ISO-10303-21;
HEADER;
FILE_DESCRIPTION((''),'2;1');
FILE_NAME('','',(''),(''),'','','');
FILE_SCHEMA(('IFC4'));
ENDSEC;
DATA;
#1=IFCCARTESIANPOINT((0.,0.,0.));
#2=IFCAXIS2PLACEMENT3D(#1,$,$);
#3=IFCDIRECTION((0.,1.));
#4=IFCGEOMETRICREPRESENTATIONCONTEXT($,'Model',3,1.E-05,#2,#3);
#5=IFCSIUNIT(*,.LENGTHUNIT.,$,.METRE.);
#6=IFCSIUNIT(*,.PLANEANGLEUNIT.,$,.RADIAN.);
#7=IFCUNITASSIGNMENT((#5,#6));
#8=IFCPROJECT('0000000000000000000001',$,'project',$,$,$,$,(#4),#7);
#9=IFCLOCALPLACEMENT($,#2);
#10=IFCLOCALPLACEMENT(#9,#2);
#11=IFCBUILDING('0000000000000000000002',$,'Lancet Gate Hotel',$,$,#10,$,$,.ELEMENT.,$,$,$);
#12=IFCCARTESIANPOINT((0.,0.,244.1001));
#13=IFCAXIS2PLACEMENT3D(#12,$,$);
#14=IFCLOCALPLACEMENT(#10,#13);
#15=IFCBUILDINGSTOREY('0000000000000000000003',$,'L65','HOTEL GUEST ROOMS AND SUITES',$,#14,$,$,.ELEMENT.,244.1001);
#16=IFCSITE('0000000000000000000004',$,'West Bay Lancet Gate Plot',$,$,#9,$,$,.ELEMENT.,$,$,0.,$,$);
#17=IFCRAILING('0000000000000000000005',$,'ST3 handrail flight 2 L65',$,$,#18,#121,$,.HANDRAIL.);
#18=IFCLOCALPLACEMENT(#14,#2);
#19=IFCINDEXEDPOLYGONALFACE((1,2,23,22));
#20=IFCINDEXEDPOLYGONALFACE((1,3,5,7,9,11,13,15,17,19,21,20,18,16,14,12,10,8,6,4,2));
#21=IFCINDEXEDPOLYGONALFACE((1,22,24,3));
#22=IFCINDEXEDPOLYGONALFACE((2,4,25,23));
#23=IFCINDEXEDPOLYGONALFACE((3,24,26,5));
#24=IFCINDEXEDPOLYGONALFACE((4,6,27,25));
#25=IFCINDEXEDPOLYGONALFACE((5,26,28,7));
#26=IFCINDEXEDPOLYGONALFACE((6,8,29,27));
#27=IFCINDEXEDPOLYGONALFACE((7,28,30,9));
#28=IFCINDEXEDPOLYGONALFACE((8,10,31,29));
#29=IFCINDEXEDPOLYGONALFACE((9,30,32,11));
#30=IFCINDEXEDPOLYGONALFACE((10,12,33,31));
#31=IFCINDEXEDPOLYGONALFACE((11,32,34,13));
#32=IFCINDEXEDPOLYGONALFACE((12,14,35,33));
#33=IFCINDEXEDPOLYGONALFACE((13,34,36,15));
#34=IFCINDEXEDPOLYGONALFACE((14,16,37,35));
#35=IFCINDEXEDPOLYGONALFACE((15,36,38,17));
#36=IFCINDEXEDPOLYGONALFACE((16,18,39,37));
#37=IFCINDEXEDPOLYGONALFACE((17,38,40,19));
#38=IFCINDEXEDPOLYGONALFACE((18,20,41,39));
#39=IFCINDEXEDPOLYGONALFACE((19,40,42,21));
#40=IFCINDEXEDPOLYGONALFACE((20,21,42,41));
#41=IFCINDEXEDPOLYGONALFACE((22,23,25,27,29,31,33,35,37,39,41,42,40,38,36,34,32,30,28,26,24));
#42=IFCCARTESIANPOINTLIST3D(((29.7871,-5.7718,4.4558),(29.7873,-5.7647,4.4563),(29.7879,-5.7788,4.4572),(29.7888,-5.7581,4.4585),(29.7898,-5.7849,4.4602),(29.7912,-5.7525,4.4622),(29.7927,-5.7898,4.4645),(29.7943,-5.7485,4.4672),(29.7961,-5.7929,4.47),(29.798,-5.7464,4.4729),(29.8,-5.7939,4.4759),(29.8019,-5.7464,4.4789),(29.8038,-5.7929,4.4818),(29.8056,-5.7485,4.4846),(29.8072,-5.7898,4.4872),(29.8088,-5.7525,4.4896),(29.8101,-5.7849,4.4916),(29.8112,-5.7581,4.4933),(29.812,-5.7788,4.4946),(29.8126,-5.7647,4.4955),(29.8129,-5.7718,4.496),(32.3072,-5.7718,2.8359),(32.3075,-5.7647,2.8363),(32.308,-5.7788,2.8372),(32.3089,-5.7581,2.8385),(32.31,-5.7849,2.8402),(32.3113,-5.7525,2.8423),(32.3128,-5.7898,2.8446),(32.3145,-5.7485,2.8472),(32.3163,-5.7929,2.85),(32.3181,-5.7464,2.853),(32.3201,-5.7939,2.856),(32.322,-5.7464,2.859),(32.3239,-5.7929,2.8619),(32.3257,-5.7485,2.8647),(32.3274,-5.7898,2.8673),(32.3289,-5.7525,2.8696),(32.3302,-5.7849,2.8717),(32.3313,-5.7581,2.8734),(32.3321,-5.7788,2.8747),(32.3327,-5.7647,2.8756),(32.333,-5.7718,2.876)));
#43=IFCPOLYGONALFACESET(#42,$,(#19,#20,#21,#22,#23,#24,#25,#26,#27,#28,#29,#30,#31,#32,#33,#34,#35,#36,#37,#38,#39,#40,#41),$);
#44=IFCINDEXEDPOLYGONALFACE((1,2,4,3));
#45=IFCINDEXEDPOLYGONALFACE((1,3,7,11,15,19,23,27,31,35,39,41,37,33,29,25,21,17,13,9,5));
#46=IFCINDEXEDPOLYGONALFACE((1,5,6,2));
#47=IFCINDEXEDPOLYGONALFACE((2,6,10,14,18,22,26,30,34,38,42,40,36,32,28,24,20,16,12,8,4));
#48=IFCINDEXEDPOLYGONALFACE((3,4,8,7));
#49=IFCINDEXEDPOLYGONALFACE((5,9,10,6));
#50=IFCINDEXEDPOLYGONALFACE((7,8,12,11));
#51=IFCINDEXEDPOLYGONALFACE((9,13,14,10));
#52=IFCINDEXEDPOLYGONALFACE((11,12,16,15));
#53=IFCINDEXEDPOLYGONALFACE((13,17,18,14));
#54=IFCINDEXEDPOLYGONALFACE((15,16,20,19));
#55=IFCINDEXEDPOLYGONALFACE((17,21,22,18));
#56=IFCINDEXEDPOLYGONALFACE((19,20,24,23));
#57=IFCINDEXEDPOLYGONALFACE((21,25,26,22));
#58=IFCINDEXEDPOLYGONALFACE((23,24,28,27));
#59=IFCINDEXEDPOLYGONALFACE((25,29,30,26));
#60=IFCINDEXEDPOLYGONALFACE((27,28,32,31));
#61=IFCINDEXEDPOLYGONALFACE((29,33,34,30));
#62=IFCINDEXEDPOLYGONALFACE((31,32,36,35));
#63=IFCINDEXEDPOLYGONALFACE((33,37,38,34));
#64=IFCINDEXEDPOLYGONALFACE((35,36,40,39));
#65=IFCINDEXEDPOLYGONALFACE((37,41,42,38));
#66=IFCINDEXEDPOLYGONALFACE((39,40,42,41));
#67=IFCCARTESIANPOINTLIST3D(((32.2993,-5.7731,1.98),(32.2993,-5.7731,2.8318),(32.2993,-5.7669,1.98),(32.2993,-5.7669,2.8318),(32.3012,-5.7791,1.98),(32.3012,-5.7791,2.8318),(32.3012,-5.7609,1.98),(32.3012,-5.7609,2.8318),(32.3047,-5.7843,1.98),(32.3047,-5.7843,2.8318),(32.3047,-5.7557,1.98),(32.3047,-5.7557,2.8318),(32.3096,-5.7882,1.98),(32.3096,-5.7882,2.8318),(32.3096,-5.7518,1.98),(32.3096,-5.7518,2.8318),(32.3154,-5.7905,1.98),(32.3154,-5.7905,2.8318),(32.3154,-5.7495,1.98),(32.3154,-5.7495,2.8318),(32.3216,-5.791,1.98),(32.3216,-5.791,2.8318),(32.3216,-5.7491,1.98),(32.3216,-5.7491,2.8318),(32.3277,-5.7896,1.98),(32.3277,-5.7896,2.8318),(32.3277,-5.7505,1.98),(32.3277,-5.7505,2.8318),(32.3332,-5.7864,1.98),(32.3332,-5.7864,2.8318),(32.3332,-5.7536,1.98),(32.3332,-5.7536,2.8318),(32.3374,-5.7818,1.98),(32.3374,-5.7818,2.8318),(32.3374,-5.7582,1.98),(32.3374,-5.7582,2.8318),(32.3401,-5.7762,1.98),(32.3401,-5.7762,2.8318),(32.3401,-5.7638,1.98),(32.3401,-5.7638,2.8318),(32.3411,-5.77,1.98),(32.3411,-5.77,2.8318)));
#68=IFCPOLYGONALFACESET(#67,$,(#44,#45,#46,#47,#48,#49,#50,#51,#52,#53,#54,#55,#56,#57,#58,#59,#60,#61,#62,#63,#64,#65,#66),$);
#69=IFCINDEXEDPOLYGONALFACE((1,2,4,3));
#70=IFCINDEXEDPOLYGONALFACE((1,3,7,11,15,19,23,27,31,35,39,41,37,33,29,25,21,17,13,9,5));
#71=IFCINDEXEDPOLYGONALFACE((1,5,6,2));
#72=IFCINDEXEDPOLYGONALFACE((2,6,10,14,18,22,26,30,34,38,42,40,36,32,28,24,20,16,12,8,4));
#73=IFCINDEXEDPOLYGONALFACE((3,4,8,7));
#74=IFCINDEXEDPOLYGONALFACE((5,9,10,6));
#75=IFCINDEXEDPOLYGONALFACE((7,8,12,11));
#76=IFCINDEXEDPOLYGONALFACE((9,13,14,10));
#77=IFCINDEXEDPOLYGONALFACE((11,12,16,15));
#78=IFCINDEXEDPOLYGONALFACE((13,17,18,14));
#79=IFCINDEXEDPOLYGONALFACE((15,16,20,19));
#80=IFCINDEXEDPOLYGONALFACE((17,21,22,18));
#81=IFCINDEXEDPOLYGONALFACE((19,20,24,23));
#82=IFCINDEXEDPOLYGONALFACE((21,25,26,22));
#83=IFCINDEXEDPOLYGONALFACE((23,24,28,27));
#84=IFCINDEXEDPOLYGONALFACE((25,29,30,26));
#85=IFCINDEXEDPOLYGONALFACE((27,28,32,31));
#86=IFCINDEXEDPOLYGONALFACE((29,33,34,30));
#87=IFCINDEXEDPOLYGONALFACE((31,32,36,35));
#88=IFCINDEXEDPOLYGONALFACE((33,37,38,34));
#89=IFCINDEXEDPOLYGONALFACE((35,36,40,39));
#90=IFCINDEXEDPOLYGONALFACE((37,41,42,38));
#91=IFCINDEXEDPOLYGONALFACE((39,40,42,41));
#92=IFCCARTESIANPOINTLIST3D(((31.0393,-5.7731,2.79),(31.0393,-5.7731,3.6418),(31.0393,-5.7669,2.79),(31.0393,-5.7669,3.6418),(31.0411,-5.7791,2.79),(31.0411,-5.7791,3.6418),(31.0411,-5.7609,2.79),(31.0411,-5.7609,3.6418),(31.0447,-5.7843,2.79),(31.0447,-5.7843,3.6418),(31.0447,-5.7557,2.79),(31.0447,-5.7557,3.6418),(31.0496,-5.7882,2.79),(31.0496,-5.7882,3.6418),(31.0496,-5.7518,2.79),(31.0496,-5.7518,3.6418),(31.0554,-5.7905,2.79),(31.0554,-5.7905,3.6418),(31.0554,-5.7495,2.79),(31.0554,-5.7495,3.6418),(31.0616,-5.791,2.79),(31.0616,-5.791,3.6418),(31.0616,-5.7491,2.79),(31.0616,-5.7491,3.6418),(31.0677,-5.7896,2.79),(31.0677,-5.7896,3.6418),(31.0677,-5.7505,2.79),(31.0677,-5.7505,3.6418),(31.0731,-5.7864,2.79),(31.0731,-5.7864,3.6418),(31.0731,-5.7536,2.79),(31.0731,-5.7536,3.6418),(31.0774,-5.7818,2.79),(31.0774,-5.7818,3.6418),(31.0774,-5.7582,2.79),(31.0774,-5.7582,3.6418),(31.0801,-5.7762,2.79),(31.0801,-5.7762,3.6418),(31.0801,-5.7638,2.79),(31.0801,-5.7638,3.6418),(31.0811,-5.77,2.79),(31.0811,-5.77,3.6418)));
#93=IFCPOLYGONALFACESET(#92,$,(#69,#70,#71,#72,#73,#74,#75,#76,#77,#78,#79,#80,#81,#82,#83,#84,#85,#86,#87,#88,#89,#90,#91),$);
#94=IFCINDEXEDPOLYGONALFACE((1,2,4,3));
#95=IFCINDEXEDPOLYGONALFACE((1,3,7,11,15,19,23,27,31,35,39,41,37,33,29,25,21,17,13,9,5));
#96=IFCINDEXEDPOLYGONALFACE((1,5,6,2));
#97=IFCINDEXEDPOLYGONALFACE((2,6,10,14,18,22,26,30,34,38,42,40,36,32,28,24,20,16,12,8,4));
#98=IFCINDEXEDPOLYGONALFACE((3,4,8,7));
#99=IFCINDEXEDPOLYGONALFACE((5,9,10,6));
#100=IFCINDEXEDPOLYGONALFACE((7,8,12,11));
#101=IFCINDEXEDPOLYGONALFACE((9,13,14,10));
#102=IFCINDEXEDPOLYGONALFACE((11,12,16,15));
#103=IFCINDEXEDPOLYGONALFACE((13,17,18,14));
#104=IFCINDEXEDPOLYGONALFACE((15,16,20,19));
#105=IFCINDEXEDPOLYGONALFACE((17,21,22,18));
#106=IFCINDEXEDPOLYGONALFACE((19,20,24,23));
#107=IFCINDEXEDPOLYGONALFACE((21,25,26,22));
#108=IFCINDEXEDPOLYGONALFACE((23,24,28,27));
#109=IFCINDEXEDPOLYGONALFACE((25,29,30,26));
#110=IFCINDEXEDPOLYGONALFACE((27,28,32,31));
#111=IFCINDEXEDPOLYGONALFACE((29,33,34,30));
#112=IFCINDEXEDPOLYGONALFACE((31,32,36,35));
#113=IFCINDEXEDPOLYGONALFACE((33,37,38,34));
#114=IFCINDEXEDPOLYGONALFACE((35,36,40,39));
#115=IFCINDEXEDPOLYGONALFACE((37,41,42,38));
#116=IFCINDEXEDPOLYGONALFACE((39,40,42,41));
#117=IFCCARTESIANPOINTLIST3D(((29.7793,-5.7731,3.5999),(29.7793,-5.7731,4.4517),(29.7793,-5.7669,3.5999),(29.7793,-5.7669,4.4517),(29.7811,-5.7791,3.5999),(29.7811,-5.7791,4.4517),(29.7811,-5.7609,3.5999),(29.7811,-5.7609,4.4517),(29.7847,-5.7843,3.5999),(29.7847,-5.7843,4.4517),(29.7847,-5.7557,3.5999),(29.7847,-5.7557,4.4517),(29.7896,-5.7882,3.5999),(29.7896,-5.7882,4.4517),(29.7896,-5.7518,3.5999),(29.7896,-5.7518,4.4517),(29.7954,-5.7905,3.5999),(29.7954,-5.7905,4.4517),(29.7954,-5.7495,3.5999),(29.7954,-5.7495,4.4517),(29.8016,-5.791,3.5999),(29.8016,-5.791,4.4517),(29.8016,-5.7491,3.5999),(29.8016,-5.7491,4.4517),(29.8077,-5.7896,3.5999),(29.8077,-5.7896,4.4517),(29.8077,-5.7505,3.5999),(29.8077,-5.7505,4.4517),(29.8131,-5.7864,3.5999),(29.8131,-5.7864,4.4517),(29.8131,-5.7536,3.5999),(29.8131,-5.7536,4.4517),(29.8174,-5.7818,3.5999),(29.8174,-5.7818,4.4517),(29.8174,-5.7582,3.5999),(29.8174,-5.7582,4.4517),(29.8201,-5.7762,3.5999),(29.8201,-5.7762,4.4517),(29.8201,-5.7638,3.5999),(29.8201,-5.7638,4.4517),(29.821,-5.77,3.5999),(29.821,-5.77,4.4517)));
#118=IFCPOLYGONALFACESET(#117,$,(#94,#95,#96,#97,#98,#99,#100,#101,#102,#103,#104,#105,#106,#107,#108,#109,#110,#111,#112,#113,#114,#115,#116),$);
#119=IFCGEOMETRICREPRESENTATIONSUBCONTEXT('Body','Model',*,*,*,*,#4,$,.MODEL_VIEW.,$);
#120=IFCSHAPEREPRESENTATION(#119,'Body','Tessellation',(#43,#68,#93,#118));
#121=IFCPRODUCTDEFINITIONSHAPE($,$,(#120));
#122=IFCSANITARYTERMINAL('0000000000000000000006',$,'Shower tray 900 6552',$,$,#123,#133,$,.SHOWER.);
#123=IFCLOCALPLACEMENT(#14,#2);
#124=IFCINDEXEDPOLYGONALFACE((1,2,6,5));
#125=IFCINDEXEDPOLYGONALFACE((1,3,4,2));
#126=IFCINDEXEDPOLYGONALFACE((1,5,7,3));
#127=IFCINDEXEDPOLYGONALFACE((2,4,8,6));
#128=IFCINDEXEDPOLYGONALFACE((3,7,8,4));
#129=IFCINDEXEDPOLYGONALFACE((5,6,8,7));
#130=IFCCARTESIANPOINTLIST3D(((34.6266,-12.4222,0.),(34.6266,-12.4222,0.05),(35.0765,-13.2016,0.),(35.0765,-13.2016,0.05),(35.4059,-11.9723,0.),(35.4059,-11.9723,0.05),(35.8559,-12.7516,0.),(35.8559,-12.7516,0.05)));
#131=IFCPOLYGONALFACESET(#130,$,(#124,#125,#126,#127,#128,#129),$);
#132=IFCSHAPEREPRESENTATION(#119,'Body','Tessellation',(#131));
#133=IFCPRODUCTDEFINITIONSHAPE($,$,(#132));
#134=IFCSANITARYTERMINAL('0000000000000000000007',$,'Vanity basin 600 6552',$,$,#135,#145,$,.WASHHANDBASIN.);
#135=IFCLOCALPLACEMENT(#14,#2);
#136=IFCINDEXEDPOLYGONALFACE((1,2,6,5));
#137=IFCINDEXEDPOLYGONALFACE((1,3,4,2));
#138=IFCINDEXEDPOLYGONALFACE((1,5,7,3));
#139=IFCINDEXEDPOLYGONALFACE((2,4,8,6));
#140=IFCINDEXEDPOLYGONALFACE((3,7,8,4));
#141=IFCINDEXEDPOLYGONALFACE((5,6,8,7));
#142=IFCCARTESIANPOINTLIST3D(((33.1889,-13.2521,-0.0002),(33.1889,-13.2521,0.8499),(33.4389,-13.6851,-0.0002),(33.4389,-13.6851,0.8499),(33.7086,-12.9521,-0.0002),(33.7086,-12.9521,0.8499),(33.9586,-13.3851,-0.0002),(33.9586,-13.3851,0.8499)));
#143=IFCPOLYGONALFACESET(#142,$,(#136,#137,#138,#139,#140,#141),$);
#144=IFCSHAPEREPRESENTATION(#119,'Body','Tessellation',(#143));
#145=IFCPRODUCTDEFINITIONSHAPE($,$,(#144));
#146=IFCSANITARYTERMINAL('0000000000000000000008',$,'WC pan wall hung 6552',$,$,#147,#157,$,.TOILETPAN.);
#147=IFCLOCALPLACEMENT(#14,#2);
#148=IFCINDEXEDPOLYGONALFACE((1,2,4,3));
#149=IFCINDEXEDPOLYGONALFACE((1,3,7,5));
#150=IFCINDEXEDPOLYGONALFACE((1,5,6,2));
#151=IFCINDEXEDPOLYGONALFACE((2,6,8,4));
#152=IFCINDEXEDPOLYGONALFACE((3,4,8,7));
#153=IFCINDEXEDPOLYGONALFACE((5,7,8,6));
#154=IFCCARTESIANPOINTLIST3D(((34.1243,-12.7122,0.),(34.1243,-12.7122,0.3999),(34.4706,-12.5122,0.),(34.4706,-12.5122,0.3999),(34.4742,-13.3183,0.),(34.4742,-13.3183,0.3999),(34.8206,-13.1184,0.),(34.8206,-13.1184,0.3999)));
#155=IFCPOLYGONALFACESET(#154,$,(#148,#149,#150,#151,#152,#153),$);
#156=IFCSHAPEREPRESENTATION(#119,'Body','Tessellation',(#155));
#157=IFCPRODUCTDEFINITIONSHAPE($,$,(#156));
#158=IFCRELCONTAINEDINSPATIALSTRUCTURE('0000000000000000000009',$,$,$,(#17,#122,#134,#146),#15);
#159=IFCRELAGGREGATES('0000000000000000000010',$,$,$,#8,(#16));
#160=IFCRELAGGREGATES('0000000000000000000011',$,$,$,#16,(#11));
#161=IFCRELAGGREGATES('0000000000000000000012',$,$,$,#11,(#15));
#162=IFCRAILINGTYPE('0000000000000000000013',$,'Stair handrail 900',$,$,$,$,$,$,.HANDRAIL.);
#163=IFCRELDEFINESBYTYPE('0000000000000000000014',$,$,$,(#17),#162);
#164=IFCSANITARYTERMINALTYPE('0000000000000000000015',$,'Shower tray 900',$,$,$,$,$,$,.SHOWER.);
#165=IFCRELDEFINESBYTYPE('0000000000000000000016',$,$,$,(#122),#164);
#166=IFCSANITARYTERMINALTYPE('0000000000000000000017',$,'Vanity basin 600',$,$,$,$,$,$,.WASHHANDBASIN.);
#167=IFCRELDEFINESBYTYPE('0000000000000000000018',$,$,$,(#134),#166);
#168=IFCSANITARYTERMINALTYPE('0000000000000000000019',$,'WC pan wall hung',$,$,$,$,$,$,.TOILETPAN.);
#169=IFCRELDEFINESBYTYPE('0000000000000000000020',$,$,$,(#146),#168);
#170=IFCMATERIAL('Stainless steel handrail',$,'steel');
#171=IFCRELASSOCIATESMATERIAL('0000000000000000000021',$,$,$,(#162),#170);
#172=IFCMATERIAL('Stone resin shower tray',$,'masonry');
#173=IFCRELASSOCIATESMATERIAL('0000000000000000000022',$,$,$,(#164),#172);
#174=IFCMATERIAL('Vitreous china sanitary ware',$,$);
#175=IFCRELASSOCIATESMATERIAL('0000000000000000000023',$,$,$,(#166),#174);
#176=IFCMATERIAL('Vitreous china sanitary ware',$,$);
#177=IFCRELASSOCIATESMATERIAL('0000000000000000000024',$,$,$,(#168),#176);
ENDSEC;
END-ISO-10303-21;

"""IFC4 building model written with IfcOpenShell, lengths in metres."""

from ifc_helpers import new_model, si_unit, direction, frame, origin, origin_2d, place, context, subcontext, project, spatial, rectangle, circle, extrude, material, type_object, element, save


model = new_model("IFC4")

# Units and contexts
model_context = context("Model", 3, precision=1e-05, world=origin(), true_north=direction((0.0, 1.0)))
body_context = subcontext(model_context, "Body", "Model", "MODEL_VIEW")
ifc_project = project(units=[si_unit("LENGTHUNIT", "METRE"), si_unit("PLANEANGLEUNIT", "RADIAN")], contexts=[model_context])

# Site, building, storey
site_placement = place(None, origin())
site = spatial("IfcSite", under=ifc_project, at=site_placement, Name="West Bay Lancet Gate Plot", CompositionType="ELEMENT", RefElevation=0.0)
building_placement = place(site_placement, origin())
building = spatial("IfcBuilding", under=site, at=building_placement, Name="Lancet Gate Hotel", CompositionType="ELEMENT")
storey_placement = place(building_placement, frame((0.0, 0.0, 244.1001)))
storey = spatial("IfcBuildingStorey", under=building, at=storey_placement, Name="L65", Description="HOTEL GUEST ROOMS AND SUITES", CompositionType="ELEMENT", Elevation=244.1001)

# Railing
ifc_material_1 = material(Name="Stainless steel handrail", Category="steel")
railing_type = type_object("IfcRailingType", Name="Stair handrail 900", PredefinedType="HANDRAIL", material=ifc_material_1)
railing_1_placement = place(storey_placement, frame((32.3201, -5.77, 1.98)))
element("IfcRailing", 1, at=railing_1_placement, inside=storey, type_object=railing_type, Name="ST3 handrail flight 2 L65", PredefinedType="HANDRAIL", context=body_context, shape_type="SweptSolid", body=[
    extrude(circle(Radius=0.0239, at=origin_2d()), frame((0.0, 0.0, 0.876), z_axis=(-0.8412, 0.0, 0.540725), x_axis=(0.0, -1.0, 0.0)), (0.0, 0.0, 1.0), 2.9958),
    extrude(circle(Radius=0.021, at=origin_2d()), origin(), (0.0, 0.0, 1.0), 0.8518),
    extrude(circle(Radius=0.021, at=origin_2d()), frame((-1.26, 0.0, 0.8101)), (0.0, 0.0, 1.0), 0.8518),
    extrude(circle(Radius=0.021, at=origin_2d()), frame((-2.52, 0.0, 1.6199)), (0.0, 0.0, 1.0), 0.8518),
])

# Sanitary terminals
ifc_material_2 = material(Name="Stone resin shower tray", Category="masonry")
sanitary_terminal_type_1 = type_object("IfcSanitaryTerminalType", Name="Shower tray 900", PredefinedType="SHOWER", material=ifc_material_2)
sanitary_terminal_1_placement = place(storey_placement, frame((35.2412, -12.5869, 0.0), z_axis=(0.0, 0.0, 1.0), x_axis=(0.866025, 0.5, 0.0)))
element("IfcSanitaryTerminal", 2, at=sanitary_terminal_1_placement, inside=storey, type_object=sanitary_terminal_type_1, Name="Shower tray 900 6552", PredefinedType="SHOWER", context=body_context, shape_type="SweptSolid", body=[
    extrude(rectangle(XDim=0.8999, YDim=0.8999, at=origin_2d()), origin(), (0.0, 0.0, 1.0), 0.05),
])
ifc_material_3 = material(Name="Vitreous china sanitary ware")
sanitary_terminal_type_2 = type_object("IfcSanitaryTerminalType", Name="Vanity basin 600", PredefinedType="WASHHANDBASIN", material=ifc_material_3)
sanitary_terminal_2_placement = place(storey_placement, frame((33.5737, -13.3186, -0.0002), z_axis=(0.0, 0.0, 1.0), x_axis=(0.866025, 0.5, 0.0)))
element("IfcSanitaryTerminal", 3, at=sanitary_terminal_2_placement, inside=storey, type_object=sanitary_terminal_type_2, Name="Vanity basin 600 6552", PredefinedType="WASHHANDBASIN", context=body_context, shape_type="SweptSolid", body=[
    extrude(rectangle(XDim=0.6001, YDim=0.5, at=origin_2d()), origin(), (0.0, 0.0, 1.0), 0.8501),
])
ifc_material_4 = material(Name="Vitreous china sanitary ware")
sanitary_terminal_type_3 = type_object("IfcSanitaryTerminalType", Name="WC pan wall hung", PredefinedType="TOILETPAN", material=ifc_material_4)
sanitary_terminal_3_placement = place(storey_placement, frame((34.4724, -12.9153, 0.0), z_axis=(0.0, 0.0, 1.0), x_axis=(0.866025, 0.5, 0.0)))
element("IfcSanitaryTerminal", 4, at=sanitary_terminal_3_placement, inside=storey, type_object=sanitary_terminal_type_3, Name="WC pan wall hung 6552", PredefinedType="TOILETPAN", context=body_context, shape_type="SweptSolid", body=[
    extrude(rectangle(XDim=0.3999, YDim=0.7, at=origin_2d()), origin(), (0.0, 0.0, 1.0), 0.3999),
])

save(model, "model.ifc")
